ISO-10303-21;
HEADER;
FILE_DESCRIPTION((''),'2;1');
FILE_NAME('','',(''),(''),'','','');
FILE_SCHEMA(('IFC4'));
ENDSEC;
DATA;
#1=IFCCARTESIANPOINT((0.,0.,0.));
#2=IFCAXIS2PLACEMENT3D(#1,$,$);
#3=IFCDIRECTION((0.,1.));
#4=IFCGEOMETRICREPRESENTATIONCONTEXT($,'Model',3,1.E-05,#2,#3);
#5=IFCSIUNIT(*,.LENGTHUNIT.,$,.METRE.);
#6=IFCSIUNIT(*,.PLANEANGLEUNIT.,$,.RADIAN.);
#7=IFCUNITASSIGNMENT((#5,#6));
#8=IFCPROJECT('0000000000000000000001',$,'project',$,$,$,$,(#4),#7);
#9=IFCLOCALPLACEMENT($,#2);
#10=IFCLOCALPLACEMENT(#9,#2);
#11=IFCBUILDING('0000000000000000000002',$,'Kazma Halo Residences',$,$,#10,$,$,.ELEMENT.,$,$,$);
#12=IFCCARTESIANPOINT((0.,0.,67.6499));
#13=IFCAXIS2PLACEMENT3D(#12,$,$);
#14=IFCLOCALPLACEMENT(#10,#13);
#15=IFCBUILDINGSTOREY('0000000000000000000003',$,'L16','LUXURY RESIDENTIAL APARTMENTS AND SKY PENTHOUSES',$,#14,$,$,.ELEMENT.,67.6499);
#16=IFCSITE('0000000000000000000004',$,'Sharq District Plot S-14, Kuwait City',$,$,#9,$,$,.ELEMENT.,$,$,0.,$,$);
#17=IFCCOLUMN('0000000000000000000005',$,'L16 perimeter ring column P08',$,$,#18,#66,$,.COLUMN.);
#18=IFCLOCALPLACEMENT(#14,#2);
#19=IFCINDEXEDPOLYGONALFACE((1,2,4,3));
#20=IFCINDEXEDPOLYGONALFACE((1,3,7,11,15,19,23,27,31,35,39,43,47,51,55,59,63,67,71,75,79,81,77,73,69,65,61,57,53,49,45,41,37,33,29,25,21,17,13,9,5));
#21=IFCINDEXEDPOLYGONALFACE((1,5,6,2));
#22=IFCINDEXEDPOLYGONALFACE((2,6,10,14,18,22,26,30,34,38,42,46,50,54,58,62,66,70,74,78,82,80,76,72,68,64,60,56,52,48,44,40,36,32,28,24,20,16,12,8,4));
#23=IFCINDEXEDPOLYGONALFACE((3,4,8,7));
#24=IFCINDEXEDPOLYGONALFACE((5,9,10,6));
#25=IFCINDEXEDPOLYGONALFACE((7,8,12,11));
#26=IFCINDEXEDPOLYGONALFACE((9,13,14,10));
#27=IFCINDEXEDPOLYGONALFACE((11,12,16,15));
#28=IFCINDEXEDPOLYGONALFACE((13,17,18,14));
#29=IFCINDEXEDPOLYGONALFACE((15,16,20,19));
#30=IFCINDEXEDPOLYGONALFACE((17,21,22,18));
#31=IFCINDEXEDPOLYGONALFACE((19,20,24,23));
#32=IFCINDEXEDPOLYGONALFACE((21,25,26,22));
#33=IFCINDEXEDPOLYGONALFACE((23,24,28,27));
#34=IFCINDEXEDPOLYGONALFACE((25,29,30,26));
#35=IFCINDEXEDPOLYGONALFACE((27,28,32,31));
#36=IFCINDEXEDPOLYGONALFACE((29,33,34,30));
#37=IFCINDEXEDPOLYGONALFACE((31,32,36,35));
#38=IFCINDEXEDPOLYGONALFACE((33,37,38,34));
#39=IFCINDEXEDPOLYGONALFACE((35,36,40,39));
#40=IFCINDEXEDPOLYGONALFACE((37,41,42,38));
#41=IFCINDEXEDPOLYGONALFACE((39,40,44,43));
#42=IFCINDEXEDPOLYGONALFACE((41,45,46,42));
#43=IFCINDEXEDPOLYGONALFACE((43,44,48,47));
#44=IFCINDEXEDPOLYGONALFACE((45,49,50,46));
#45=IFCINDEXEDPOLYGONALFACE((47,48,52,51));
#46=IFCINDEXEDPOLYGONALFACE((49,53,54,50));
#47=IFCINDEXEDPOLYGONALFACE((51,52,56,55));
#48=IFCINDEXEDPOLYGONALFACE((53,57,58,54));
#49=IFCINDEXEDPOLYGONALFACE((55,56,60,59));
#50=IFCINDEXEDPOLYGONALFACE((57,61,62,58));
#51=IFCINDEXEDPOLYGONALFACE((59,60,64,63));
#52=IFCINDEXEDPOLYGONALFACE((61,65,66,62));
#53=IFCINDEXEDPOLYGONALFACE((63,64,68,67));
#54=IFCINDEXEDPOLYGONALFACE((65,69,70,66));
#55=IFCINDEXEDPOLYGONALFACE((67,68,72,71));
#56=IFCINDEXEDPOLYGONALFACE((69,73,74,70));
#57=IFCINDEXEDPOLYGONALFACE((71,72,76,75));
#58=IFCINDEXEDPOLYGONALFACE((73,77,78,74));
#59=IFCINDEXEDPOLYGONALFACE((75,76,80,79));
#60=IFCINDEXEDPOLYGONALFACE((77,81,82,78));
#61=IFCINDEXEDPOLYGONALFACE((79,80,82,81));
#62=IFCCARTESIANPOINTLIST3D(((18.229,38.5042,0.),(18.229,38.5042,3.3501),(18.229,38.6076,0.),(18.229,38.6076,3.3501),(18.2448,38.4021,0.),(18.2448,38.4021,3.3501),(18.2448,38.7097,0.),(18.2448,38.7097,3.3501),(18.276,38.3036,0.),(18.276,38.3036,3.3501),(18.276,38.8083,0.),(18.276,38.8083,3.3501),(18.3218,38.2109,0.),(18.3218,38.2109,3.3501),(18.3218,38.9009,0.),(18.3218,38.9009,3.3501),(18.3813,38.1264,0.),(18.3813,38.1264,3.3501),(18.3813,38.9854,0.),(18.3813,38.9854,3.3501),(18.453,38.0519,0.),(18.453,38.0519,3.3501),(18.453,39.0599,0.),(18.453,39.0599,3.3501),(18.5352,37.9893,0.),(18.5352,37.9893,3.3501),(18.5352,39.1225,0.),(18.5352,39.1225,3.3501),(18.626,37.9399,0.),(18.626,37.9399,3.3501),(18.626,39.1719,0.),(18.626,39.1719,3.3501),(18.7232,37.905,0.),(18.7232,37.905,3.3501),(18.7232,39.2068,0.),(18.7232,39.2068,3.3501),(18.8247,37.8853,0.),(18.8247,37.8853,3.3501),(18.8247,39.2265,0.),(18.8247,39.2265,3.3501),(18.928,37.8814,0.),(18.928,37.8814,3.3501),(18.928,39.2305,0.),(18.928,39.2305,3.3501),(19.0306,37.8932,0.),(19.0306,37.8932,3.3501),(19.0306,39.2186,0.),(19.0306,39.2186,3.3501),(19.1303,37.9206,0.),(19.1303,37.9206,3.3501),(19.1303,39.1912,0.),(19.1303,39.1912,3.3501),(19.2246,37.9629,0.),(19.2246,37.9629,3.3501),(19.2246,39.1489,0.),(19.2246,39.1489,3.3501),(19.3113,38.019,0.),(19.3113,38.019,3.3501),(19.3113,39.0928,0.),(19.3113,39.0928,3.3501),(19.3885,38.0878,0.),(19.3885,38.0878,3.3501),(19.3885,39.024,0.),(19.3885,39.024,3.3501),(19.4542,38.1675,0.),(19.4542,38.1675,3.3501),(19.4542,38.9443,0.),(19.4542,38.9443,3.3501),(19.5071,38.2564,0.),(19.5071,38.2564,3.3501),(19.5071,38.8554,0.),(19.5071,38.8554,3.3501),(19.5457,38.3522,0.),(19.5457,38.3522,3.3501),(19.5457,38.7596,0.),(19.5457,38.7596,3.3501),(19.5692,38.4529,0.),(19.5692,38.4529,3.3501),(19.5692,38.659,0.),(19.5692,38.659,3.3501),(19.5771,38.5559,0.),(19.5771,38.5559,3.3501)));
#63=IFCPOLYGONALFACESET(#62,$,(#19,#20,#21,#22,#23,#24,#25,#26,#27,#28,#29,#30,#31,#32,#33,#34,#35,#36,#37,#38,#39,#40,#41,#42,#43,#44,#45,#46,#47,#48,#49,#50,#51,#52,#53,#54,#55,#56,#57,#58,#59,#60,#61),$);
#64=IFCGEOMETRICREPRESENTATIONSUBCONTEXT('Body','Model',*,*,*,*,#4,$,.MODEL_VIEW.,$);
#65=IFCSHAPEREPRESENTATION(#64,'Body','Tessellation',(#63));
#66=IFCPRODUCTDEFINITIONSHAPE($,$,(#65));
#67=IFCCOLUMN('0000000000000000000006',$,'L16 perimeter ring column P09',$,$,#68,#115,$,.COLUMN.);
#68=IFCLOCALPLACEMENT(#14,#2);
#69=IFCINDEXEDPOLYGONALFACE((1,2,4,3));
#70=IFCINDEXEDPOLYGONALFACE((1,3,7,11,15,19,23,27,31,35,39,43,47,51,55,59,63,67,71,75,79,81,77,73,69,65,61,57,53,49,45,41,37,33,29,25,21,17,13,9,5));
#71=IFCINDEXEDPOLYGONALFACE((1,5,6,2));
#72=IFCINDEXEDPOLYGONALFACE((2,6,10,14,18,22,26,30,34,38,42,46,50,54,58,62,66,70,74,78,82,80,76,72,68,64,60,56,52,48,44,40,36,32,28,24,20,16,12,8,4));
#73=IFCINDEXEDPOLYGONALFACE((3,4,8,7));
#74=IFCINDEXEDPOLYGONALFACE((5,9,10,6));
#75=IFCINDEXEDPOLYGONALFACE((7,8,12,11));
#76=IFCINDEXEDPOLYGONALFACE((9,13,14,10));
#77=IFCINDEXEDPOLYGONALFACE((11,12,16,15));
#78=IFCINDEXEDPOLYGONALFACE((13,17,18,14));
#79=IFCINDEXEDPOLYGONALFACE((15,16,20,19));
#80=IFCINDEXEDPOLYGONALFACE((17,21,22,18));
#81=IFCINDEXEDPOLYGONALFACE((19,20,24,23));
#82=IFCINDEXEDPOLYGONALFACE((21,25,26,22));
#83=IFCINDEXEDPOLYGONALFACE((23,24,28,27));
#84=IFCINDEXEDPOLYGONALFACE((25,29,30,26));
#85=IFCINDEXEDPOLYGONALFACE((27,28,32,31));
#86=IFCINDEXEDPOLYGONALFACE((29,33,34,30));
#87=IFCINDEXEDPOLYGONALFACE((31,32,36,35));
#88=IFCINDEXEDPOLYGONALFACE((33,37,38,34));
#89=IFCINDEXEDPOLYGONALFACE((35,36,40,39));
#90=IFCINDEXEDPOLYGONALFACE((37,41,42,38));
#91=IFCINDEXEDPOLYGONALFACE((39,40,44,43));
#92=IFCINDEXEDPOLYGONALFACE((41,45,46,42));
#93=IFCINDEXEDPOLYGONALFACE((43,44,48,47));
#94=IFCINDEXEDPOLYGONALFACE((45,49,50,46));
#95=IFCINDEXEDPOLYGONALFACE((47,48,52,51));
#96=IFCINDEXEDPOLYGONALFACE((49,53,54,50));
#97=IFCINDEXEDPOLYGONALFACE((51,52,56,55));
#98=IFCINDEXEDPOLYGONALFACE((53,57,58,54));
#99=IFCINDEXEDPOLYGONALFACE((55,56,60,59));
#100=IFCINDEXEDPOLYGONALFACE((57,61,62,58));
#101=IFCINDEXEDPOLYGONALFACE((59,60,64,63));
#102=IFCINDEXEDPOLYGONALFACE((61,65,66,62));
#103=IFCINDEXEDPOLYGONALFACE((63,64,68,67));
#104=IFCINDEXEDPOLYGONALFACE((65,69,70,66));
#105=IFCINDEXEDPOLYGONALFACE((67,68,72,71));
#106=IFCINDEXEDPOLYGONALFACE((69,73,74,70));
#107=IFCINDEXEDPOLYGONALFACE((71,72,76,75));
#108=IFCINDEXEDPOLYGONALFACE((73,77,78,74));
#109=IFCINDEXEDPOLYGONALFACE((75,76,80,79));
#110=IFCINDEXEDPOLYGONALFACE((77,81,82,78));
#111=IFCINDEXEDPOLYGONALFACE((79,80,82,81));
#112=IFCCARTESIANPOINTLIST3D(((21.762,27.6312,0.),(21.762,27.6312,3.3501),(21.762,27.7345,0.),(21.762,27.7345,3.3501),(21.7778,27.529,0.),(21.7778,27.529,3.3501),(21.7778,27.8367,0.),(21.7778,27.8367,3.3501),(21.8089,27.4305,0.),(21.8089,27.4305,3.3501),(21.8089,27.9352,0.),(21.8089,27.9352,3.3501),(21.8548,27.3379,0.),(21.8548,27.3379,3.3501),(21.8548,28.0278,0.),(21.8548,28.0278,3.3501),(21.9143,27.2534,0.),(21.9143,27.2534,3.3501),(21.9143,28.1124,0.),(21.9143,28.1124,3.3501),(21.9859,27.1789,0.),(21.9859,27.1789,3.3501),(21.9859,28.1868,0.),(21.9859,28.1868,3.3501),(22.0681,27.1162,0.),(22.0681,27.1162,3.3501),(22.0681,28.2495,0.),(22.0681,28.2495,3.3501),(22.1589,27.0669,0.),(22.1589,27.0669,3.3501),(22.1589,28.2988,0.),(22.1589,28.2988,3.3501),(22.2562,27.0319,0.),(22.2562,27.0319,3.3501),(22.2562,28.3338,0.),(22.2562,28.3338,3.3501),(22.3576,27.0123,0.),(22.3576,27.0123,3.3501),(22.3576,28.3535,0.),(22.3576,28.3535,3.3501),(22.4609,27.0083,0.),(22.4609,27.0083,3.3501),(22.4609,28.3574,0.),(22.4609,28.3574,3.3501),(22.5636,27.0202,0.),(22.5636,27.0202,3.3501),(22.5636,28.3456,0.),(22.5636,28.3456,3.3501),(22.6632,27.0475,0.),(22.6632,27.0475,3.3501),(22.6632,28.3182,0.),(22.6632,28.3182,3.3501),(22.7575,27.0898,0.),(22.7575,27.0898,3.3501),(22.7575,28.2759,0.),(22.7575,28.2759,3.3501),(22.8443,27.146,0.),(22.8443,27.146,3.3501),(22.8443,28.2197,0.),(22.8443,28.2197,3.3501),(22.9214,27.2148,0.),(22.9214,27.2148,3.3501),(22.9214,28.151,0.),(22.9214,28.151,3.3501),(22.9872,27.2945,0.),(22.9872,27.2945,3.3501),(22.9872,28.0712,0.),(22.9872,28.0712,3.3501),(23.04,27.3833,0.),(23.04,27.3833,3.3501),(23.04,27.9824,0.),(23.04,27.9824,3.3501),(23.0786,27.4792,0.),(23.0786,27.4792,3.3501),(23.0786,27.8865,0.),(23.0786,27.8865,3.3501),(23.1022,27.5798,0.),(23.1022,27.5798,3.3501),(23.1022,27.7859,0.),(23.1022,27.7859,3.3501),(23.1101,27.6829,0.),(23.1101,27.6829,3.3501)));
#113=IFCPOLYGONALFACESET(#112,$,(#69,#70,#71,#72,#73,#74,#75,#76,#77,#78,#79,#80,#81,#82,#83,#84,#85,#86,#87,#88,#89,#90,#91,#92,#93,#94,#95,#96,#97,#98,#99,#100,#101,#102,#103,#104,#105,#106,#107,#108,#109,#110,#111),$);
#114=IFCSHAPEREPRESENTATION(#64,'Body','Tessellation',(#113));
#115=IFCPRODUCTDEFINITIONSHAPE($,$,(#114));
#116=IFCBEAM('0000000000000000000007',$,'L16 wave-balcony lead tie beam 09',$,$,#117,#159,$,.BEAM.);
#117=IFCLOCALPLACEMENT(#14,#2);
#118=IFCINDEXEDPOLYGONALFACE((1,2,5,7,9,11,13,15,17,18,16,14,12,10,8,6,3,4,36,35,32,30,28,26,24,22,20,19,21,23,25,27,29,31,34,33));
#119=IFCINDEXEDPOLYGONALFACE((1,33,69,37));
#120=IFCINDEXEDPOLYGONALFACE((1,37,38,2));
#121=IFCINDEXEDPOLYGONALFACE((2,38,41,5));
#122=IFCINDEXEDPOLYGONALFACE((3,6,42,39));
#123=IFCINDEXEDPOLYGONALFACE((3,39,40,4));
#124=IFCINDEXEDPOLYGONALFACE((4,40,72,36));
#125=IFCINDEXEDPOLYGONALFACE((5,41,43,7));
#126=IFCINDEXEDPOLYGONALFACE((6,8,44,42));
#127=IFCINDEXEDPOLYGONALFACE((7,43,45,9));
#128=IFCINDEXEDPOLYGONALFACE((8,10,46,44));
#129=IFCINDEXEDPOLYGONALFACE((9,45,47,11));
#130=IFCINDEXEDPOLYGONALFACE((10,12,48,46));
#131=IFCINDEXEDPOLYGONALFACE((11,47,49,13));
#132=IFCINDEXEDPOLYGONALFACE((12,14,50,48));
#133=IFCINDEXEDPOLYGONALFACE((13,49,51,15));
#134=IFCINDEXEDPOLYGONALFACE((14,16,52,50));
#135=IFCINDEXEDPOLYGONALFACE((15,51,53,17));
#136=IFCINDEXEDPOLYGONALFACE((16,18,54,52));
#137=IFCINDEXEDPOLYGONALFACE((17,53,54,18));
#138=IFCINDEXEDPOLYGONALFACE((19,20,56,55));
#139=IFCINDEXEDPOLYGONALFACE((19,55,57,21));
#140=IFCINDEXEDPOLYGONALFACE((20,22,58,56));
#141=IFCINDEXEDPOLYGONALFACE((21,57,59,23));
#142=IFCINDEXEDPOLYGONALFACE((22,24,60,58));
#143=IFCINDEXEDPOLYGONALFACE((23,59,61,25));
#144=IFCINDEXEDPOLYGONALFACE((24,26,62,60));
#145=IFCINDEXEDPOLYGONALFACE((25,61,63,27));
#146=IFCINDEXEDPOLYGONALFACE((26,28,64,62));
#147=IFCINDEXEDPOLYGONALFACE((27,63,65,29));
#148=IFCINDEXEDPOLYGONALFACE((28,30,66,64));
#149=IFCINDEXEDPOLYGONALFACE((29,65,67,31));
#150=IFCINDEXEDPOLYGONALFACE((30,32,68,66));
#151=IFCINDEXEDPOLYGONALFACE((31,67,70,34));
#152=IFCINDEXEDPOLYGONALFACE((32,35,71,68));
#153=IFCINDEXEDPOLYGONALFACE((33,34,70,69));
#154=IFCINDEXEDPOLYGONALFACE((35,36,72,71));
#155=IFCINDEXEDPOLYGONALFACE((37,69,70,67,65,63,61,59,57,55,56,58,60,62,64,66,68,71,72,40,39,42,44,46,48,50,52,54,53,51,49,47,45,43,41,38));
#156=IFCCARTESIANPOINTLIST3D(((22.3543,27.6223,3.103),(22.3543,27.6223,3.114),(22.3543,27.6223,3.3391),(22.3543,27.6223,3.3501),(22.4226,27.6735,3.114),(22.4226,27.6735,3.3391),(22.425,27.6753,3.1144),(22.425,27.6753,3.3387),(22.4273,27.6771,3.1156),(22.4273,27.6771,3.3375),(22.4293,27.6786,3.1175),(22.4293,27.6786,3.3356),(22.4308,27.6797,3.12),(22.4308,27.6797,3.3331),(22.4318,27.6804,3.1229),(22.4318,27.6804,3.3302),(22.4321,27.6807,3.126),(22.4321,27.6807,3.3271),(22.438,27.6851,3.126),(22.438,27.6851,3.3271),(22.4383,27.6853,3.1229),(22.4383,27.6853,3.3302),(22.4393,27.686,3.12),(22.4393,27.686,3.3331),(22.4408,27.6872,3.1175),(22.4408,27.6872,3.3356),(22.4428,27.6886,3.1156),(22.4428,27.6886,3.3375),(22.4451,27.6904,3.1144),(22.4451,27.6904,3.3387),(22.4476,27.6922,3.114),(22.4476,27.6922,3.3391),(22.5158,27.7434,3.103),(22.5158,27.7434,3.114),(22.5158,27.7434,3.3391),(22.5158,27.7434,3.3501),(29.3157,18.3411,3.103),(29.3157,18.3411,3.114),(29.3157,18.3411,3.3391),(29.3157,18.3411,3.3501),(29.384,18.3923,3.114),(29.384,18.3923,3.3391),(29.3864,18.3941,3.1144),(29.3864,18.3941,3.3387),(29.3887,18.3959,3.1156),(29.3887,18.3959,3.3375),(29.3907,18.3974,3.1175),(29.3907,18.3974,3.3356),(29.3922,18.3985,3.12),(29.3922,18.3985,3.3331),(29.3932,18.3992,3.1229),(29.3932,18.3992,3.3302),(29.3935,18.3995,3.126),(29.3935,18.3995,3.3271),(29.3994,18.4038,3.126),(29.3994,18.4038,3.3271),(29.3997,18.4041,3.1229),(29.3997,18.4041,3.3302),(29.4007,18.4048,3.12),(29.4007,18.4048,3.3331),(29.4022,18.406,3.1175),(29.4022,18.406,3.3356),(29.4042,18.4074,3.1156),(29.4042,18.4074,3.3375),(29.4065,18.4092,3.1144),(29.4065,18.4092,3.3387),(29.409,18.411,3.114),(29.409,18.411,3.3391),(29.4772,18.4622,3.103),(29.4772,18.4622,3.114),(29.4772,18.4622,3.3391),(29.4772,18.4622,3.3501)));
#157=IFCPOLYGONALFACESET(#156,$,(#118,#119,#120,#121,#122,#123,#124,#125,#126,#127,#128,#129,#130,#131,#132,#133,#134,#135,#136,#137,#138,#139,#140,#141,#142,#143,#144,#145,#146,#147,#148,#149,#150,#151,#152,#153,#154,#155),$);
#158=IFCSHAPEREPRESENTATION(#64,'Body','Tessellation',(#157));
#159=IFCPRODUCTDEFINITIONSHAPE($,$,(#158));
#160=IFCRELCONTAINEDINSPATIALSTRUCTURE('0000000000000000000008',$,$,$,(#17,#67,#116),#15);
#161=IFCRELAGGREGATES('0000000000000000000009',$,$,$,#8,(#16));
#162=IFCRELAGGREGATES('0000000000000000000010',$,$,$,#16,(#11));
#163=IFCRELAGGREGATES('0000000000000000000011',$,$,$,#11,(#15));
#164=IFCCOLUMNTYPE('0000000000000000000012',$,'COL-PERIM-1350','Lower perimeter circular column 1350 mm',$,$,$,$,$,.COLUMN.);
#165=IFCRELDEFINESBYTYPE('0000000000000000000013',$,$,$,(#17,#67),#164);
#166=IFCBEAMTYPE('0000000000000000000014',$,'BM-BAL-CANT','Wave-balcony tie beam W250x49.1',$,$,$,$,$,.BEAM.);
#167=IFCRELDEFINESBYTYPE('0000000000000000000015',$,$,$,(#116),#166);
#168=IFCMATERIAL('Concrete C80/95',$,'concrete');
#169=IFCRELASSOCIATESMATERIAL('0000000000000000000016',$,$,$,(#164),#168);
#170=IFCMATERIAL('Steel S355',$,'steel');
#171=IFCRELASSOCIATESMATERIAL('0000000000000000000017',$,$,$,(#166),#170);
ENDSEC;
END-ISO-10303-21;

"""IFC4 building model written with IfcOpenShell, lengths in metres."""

from ifc_helpers import new_model, si_unit, direction, frame, origin, origin_2d, place, context, subcontext, project, spatial, circle, i_section, extrude, material, material_profile, profile_set, type_object, element, save


model = new_model("IFC4")

# Units and contexts
model_context = context("Model", 3, precision=1e-05, world=origin(), true_north=direction((0.0, 1.0)))
body_context = subcontext(model_context, "Body", "Model", "MODEL_VIEW")
ifc_project = project(units=[si_unit("LENGTHUNIT", "METRE"), si_unit("PLANEANGLEUNIT", "RADIAN")], contexts=[model_context])

# Site, building, storey
site_placement = place(None, origin())
site = spatial("IfcSite", under=ifc_project, at=site_placement, Name="Sharq District Plot S-14, Kuwait City", CompositionType="ELEMENT", RefElevation=0.0)
building_placement = place(site_placement, origin())
building = spatial("IfcBuilding", under=site, at=building_placement, Name="Kazma Halo Residences", CompositionType="ELEMENT")
storey_placement = place(building_placement, frame((0.0, 0.0, 67.6499)))
storey = spatial("IfcBuildingStorey", under=building, at=storey_placement, Name="L16", Description="LUXURY RESIDENTIAL APARTMENTS AND SKY PENTHOUSES", CompositionType="ELEMENT", Elevation=67.6499)

# Columns
ifc_material_1 = material(Name="Concrete C80/95", Category="concrete")
ifc_material_profile_1 = material_profile(ifc_material_1, circle(Radius=0.675, at=origin_2d()), Name="CIRC1350")
ifc_profile_set_1 = profile_set([ifc_material_profile_1], Name="Concrete C80/95")
column_type = type_object("IfcColumnType", Name="COL-PERIM-1350", Description="Lower perimeter circular column 1350 mm", PredefinedType="COLUMN", material=ifc_profile_set_1)
for number, where, z_axis, x_axis, name in (
    (1, (18.9021, 38.5559, 0.0), (0.0, 0.0, 1.0), (1.0, 0.0, 0.0), "L16 perimeter ring column P08"),
    (2, (22.4351, 27.6829, 0.0), (0.0, 0.0, 1.0), (1.0, 0.0, 0.0), "L16 perimeter ring column P09"),
):
    element("IfcColumn", number, at=place(storey_placement, frame(where, z_axis=z_axis, x_axis=x_axis)), inside=storey, type_object=column_type, Name=name, PredefinedType="COLUMN", context=body_context, shape_type="SweptSolid", body=[
        extrude(circle(Radius=0.675, at=origin_2d()), origin(), (0.0, 0.0, 1.0), 3.3501),
    ])

# Beam
ifc_material_2 = material(Name="Steel S355", Category="steel")
ifc_material_profile_2 = material_profile(ifc_material_2, i_section(OverallWidth=0.2019, OverallDepth=0.2471, WebThickness=0.0073, FlangeThickness=0.011, FilletRadius=0.012, at=origin_2d()), Name="W250x49.1")
ifc_profile_set_2 = profile_set([ifc_material_profile_2], Name="Steel S355")
beam_type_1 = type_object("IfcBeamType", Name="BM-BAL-CANT", Description="Wave-balcony tie beam W250x49.1", PredefinedType="BEAM", material=ifc_profile_set_2)
beam_1_placement = place(storey_placement, frame((22.4351, 27.6829, 3.2266), z_axis=(0.600027, -0.79998, 0.0), x_axis=(0.79998, 0.600027, 0.0)))
element("IfcBeam", 3, at=beam_1_placement, inside=storey, type_object=beam_type_1, Name="L16 wave-balcony lead tie beam 09", PredefinedType="BEAM", context=body_context, shape_type="SweptSolid", body=[
    extrude(i_section(OverallWidth=0.2019, OverallDepth=0.2471, WebThickness=0.0073, FlangeThickness=0.011, FilletRadius=0.012, at=origin_2d()), origin(), (0.0, 0.0, 1.0), 11.6018),
])

save(model, "model.ifc")
